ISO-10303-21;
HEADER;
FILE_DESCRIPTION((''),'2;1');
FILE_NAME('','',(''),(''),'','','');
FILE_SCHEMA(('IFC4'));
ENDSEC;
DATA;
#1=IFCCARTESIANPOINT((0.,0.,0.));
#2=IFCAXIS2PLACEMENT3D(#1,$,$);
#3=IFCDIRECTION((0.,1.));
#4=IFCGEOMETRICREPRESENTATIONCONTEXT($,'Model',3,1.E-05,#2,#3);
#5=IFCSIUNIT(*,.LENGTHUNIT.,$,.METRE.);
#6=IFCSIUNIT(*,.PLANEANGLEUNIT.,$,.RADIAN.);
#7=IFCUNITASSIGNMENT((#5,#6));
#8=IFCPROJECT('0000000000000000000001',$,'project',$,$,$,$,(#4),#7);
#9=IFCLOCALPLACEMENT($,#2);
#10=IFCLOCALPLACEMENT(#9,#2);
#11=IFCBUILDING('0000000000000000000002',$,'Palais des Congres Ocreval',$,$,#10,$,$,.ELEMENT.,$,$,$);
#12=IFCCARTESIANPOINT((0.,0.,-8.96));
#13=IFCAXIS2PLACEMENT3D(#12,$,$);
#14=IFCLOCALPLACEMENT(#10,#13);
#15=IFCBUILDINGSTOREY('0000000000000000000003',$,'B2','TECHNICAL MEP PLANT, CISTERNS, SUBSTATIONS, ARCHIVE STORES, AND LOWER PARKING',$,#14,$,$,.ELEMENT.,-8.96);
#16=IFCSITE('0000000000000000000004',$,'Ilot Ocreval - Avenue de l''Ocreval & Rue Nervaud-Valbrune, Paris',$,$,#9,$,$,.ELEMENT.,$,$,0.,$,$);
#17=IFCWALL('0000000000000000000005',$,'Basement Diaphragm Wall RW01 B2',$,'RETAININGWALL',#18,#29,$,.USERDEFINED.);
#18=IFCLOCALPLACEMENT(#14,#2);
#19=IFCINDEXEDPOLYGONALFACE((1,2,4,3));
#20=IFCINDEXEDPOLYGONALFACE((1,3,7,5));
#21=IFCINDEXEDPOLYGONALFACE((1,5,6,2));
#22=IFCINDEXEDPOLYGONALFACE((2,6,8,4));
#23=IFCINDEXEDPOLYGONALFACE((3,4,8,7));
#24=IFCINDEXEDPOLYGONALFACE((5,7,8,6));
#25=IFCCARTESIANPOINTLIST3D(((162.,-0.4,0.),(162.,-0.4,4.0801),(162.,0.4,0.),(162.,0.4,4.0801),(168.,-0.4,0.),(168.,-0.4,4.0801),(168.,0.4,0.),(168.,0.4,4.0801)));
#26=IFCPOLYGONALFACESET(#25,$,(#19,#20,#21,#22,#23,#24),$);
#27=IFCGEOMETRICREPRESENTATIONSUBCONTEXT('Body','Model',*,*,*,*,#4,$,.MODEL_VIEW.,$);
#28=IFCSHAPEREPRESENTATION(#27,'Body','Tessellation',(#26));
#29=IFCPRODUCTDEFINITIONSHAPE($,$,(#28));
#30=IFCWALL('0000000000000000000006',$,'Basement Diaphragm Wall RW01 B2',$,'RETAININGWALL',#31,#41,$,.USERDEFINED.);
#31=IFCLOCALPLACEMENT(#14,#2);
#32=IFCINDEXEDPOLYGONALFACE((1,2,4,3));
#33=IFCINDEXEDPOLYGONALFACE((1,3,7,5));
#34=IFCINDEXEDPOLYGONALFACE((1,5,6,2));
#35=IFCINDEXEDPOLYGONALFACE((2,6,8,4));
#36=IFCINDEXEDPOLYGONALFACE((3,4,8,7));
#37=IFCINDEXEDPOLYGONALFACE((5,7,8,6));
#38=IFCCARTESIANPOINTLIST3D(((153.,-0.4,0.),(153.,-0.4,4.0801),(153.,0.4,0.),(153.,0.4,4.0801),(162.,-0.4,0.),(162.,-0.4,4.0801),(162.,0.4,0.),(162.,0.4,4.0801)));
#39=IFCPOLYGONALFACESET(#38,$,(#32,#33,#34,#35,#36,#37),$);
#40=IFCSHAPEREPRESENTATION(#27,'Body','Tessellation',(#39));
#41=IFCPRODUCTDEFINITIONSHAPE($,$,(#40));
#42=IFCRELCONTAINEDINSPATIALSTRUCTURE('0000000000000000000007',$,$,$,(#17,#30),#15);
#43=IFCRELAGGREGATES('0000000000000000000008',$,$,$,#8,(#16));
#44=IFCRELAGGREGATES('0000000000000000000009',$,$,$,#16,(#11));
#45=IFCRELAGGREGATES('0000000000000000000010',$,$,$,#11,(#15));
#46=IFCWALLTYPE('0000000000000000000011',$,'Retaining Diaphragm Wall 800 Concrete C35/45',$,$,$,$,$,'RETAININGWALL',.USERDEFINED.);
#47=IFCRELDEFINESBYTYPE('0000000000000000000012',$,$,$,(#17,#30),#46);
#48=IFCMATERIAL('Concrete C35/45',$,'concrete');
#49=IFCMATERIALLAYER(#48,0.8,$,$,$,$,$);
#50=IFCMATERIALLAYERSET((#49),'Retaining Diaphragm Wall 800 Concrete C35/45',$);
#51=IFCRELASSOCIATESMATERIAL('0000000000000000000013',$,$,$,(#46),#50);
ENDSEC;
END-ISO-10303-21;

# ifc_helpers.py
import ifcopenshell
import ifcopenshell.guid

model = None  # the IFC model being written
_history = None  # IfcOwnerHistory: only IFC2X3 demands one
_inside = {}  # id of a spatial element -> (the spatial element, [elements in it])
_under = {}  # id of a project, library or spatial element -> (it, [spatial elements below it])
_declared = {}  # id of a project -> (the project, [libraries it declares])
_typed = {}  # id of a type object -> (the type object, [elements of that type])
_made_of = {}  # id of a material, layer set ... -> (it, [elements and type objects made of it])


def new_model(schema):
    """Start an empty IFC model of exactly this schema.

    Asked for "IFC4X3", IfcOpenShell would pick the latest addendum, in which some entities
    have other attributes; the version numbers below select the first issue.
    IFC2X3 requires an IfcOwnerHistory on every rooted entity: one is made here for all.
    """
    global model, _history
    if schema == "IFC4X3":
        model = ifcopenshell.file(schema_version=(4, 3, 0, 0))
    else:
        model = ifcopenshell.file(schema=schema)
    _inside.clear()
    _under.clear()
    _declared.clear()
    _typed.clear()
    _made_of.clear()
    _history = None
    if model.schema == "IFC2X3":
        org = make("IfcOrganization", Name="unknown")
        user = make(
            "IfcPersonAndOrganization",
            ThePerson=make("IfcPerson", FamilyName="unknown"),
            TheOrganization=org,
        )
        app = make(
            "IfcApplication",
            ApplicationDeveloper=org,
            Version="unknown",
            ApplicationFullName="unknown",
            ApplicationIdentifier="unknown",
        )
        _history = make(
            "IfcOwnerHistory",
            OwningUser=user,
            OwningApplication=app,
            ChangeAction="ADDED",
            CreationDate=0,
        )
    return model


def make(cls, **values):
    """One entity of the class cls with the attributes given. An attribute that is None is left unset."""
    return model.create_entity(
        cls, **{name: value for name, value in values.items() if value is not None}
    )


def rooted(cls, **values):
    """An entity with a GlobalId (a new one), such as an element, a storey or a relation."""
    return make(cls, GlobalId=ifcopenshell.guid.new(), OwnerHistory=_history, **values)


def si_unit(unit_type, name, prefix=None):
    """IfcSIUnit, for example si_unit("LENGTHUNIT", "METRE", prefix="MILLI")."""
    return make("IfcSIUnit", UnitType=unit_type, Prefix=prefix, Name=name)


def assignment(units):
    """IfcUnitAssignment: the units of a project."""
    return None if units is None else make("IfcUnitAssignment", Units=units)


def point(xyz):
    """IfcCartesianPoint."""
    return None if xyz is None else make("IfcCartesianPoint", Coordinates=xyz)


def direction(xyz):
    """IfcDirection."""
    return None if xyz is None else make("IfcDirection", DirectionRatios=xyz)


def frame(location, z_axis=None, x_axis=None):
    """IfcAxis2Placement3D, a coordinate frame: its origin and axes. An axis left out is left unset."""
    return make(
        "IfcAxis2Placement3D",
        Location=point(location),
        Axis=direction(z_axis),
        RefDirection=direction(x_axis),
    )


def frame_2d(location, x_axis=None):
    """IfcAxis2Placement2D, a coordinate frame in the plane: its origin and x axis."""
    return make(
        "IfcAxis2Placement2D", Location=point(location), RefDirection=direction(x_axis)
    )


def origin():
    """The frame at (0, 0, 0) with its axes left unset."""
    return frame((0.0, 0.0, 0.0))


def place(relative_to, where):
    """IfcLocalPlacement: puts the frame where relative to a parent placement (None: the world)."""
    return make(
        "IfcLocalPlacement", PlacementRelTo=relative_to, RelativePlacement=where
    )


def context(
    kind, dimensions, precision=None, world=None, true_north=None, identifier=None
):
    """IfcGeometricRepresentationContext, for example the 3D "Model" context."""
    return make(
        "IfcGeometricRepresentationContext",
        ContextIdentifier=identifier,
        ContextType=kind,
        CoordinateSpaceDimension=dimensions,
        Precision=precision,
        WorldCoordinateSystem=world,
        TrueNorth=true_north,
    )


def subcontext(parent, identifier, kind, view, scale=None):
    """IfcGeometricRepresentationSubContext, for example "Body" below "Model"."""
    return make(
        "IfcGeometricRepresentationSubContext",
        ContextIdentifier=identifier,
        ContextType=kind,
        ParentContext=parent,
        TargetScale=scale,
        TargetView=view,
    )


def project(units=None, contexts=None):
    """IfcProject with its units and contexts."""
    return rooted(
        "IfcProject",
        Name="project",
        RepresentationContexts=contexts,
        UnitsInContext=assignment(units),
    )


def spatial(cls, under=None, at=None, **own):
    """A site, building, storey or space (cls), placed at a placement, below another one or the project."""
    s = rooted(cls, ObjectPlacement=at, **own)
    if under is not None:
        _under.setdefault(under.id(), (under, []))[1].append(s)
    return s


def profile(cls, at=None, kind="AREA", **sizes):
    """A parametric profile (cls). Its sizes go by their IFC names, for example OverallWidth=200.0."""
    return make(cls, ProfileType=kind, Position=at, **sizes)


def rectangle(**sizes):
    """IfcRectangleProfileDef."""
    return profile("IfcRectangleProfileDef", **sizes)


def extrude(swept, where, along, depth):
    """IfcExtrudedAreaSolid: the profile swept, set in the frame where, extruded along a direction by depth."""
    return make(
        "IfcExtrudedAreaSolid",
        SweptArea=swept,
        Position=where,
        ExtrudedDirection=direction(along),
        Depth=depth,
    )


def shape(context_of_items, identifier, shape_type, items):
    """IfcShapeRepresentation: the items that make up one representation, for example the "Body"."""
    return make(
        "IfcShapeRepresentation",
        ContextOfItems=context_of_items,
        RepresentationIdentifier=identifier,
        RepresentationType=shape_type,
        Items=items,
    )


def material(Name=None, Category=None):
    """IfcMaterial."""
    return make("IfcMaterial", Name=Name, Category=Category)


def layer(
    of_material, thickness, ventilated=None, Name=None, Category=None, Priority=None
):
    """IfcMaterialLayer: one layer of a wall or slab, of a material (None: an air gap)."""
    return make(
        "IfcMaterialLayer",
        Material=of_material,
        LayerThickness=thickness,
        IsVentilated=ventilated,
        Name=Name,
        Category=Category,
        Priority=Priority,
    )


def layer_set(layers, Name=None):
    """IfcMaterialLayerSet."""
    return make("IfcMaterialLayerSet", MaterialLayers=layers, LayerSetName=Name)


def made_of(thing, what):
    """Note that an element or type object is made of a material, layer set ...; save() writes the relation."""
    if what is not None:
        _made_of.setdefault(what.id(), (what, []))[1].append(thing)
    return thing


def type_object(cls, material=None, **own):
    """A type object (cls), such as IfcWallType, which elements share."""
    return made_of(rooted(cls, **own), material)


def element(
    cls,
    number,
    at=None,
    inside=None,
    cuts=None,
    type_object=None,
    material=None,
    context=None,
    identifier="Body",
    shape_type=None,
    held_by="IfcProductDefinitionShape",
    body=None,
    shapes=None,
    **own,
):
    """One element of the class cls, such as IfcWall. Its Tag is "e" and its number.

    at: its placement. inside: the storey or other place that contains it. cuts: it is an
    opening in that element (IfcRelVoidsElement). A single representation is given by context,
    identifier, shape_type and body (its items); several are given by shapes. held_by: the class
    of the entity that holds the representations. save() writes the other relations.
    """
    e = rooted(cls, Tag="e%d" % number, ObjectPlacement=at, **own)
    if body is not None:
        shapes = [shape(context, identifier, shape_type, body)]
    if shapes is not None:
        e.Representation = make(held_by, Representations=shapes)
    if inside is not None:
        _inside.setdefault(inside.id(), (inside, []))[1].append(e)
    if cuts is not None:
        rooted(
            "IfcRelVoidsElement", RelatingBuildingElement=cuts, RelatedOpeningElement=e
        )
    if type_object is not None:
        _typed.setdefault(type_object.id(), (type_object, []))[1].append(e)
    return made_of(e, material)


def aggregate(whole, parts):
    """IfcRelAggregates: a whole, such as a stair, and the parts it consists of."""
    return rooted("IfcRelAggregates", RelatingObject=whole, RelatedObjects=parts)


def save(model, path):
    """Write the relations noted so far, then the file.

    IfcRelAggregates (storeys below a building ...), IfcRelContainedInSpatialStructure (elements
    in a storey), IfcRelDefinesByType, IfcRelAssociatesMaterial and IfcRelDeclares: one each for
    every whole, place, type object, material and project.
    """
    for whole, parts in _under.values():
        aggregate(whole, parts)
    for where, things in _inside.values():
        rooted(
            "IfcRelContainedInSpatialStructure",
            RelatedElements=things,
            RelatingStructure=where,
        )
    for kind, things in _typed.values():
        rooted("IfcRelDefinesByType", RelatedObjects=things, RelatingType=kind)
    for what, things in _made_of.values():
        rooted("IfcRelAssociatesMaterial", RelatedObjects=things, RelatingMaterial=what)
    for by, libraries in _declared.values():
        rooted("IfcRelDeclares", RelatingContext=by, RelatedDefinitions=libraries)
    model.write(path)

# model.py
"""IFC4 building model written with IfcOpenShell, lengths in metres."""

from ifc_helpers import new_model, si_unit, direction, frame, frame_2d, origin, place, context, subcontext, project, spatial, rectangle, extrude, material, layer, layer_set, type_object, element, save


model = new_model("IFC4")

# Units and contexts
model_context = context("Model", 3, precision=1e-05, world=origin(), true_north=direction((0.0, 1.0)))
body_context = subcontext(model_context, "Body", "Model", "MODEL_VIEW")
ifc_project = project(units=[si_unit("LENGTHUNIT", "METRE"), si_unit("PLANEANGLEUNIT", "RADIAN")], contexts=[model_context])

# Site, building, storey
site_placement = place(None, origin())
site = spatial("IfcSite", under=ifc_project, at=site_placement, Name="Ilot Ocreval - Avenue de l'Ocreval & Rue Nervaud-Valbrune, Paris", CompositionType="ELEMENT", RefElevation=0.0)
building_placement = place(site_placement, origin())
building = spatial("IfcBuilding", under=site, at=building_placement, Name="Palais des Congres Ocreval", CompositionType="ELEMENT")
storey_placement = place(building_placement, frame((0.0, 0.0, -8.96)))
storey = spatial("IfcBuildingStorey", under=building, at=storey_placement, Name="B2", Description="TECHNICAL MEP PLANT, CISTERNS, SUBSTATIONS, ARCHIVE STORES, AND LOWER PARKING", CompositionType="ELEMENT", Elevation=-8.96)

# Shared definitions
ifc_material_1 = material(Name="Concrete C35/45", Category="concrete")

# Walls
ifc_layer = layer(ifc_material_1, 0.8)
ifc_layer_set = layer_set([ifc_layer], Name="Retaining Diaphragm Wall 800 Concrete C35/45")
wall_type = type_object("IfcWallType", Name="Retaining Diaphragm Wall 800 Concrete C35/45", ElementType="RETAININGWALL", PredefinedType="USERDEFINED", material=ifc_layer_set)
wall_1_placement = place(storey_placement, frame((168.0, 0.0, 0.0), z_axis=(0.0, 0.0, 1.0), x_axis=(-1.0, 0.0, 0.0)))
element("IfcWall", 1, at=wall_1_placement, inside=storey, type_object=wall_type, Name="Basement Diaphragm Wall RW01 B2", ObjectType="RETAININGWALL", PredefinedType="USERDEFINED", context=body_context, shape_type="SweptSolid", body=[
    extrude(rectangle(XDim=6.0, YDim=0.8, at=frame_2d((3.0, 0.0))), origin(), (0.0, 0.0, 1.0), 4.0801),
])
wall_2_placement = place(storey_placement, frame((162.0, 0.0, 0.0), z_axis=(0.0, 0.0, 1.0), x_axis=(-1.0, 0.0, 0.0)))
element("IfcWall", 2, at=wall_2_placement, inside=storey, type_object=wall_type, Name="Basement Diaphragm Wall RW01 B2", ObjectType="RETAININGWALL", PredefinedType="USERDEFINED", context=body_context, shape_type="SweptSolid", body=[
    extrude(rectangle(XDim=9.0, YDim=0.8, at=frame_2d((4.5, 0.0))), origin(), (0.0, 0.0, 1.0), 4.0801),
])

save(model, "model.ifc")
